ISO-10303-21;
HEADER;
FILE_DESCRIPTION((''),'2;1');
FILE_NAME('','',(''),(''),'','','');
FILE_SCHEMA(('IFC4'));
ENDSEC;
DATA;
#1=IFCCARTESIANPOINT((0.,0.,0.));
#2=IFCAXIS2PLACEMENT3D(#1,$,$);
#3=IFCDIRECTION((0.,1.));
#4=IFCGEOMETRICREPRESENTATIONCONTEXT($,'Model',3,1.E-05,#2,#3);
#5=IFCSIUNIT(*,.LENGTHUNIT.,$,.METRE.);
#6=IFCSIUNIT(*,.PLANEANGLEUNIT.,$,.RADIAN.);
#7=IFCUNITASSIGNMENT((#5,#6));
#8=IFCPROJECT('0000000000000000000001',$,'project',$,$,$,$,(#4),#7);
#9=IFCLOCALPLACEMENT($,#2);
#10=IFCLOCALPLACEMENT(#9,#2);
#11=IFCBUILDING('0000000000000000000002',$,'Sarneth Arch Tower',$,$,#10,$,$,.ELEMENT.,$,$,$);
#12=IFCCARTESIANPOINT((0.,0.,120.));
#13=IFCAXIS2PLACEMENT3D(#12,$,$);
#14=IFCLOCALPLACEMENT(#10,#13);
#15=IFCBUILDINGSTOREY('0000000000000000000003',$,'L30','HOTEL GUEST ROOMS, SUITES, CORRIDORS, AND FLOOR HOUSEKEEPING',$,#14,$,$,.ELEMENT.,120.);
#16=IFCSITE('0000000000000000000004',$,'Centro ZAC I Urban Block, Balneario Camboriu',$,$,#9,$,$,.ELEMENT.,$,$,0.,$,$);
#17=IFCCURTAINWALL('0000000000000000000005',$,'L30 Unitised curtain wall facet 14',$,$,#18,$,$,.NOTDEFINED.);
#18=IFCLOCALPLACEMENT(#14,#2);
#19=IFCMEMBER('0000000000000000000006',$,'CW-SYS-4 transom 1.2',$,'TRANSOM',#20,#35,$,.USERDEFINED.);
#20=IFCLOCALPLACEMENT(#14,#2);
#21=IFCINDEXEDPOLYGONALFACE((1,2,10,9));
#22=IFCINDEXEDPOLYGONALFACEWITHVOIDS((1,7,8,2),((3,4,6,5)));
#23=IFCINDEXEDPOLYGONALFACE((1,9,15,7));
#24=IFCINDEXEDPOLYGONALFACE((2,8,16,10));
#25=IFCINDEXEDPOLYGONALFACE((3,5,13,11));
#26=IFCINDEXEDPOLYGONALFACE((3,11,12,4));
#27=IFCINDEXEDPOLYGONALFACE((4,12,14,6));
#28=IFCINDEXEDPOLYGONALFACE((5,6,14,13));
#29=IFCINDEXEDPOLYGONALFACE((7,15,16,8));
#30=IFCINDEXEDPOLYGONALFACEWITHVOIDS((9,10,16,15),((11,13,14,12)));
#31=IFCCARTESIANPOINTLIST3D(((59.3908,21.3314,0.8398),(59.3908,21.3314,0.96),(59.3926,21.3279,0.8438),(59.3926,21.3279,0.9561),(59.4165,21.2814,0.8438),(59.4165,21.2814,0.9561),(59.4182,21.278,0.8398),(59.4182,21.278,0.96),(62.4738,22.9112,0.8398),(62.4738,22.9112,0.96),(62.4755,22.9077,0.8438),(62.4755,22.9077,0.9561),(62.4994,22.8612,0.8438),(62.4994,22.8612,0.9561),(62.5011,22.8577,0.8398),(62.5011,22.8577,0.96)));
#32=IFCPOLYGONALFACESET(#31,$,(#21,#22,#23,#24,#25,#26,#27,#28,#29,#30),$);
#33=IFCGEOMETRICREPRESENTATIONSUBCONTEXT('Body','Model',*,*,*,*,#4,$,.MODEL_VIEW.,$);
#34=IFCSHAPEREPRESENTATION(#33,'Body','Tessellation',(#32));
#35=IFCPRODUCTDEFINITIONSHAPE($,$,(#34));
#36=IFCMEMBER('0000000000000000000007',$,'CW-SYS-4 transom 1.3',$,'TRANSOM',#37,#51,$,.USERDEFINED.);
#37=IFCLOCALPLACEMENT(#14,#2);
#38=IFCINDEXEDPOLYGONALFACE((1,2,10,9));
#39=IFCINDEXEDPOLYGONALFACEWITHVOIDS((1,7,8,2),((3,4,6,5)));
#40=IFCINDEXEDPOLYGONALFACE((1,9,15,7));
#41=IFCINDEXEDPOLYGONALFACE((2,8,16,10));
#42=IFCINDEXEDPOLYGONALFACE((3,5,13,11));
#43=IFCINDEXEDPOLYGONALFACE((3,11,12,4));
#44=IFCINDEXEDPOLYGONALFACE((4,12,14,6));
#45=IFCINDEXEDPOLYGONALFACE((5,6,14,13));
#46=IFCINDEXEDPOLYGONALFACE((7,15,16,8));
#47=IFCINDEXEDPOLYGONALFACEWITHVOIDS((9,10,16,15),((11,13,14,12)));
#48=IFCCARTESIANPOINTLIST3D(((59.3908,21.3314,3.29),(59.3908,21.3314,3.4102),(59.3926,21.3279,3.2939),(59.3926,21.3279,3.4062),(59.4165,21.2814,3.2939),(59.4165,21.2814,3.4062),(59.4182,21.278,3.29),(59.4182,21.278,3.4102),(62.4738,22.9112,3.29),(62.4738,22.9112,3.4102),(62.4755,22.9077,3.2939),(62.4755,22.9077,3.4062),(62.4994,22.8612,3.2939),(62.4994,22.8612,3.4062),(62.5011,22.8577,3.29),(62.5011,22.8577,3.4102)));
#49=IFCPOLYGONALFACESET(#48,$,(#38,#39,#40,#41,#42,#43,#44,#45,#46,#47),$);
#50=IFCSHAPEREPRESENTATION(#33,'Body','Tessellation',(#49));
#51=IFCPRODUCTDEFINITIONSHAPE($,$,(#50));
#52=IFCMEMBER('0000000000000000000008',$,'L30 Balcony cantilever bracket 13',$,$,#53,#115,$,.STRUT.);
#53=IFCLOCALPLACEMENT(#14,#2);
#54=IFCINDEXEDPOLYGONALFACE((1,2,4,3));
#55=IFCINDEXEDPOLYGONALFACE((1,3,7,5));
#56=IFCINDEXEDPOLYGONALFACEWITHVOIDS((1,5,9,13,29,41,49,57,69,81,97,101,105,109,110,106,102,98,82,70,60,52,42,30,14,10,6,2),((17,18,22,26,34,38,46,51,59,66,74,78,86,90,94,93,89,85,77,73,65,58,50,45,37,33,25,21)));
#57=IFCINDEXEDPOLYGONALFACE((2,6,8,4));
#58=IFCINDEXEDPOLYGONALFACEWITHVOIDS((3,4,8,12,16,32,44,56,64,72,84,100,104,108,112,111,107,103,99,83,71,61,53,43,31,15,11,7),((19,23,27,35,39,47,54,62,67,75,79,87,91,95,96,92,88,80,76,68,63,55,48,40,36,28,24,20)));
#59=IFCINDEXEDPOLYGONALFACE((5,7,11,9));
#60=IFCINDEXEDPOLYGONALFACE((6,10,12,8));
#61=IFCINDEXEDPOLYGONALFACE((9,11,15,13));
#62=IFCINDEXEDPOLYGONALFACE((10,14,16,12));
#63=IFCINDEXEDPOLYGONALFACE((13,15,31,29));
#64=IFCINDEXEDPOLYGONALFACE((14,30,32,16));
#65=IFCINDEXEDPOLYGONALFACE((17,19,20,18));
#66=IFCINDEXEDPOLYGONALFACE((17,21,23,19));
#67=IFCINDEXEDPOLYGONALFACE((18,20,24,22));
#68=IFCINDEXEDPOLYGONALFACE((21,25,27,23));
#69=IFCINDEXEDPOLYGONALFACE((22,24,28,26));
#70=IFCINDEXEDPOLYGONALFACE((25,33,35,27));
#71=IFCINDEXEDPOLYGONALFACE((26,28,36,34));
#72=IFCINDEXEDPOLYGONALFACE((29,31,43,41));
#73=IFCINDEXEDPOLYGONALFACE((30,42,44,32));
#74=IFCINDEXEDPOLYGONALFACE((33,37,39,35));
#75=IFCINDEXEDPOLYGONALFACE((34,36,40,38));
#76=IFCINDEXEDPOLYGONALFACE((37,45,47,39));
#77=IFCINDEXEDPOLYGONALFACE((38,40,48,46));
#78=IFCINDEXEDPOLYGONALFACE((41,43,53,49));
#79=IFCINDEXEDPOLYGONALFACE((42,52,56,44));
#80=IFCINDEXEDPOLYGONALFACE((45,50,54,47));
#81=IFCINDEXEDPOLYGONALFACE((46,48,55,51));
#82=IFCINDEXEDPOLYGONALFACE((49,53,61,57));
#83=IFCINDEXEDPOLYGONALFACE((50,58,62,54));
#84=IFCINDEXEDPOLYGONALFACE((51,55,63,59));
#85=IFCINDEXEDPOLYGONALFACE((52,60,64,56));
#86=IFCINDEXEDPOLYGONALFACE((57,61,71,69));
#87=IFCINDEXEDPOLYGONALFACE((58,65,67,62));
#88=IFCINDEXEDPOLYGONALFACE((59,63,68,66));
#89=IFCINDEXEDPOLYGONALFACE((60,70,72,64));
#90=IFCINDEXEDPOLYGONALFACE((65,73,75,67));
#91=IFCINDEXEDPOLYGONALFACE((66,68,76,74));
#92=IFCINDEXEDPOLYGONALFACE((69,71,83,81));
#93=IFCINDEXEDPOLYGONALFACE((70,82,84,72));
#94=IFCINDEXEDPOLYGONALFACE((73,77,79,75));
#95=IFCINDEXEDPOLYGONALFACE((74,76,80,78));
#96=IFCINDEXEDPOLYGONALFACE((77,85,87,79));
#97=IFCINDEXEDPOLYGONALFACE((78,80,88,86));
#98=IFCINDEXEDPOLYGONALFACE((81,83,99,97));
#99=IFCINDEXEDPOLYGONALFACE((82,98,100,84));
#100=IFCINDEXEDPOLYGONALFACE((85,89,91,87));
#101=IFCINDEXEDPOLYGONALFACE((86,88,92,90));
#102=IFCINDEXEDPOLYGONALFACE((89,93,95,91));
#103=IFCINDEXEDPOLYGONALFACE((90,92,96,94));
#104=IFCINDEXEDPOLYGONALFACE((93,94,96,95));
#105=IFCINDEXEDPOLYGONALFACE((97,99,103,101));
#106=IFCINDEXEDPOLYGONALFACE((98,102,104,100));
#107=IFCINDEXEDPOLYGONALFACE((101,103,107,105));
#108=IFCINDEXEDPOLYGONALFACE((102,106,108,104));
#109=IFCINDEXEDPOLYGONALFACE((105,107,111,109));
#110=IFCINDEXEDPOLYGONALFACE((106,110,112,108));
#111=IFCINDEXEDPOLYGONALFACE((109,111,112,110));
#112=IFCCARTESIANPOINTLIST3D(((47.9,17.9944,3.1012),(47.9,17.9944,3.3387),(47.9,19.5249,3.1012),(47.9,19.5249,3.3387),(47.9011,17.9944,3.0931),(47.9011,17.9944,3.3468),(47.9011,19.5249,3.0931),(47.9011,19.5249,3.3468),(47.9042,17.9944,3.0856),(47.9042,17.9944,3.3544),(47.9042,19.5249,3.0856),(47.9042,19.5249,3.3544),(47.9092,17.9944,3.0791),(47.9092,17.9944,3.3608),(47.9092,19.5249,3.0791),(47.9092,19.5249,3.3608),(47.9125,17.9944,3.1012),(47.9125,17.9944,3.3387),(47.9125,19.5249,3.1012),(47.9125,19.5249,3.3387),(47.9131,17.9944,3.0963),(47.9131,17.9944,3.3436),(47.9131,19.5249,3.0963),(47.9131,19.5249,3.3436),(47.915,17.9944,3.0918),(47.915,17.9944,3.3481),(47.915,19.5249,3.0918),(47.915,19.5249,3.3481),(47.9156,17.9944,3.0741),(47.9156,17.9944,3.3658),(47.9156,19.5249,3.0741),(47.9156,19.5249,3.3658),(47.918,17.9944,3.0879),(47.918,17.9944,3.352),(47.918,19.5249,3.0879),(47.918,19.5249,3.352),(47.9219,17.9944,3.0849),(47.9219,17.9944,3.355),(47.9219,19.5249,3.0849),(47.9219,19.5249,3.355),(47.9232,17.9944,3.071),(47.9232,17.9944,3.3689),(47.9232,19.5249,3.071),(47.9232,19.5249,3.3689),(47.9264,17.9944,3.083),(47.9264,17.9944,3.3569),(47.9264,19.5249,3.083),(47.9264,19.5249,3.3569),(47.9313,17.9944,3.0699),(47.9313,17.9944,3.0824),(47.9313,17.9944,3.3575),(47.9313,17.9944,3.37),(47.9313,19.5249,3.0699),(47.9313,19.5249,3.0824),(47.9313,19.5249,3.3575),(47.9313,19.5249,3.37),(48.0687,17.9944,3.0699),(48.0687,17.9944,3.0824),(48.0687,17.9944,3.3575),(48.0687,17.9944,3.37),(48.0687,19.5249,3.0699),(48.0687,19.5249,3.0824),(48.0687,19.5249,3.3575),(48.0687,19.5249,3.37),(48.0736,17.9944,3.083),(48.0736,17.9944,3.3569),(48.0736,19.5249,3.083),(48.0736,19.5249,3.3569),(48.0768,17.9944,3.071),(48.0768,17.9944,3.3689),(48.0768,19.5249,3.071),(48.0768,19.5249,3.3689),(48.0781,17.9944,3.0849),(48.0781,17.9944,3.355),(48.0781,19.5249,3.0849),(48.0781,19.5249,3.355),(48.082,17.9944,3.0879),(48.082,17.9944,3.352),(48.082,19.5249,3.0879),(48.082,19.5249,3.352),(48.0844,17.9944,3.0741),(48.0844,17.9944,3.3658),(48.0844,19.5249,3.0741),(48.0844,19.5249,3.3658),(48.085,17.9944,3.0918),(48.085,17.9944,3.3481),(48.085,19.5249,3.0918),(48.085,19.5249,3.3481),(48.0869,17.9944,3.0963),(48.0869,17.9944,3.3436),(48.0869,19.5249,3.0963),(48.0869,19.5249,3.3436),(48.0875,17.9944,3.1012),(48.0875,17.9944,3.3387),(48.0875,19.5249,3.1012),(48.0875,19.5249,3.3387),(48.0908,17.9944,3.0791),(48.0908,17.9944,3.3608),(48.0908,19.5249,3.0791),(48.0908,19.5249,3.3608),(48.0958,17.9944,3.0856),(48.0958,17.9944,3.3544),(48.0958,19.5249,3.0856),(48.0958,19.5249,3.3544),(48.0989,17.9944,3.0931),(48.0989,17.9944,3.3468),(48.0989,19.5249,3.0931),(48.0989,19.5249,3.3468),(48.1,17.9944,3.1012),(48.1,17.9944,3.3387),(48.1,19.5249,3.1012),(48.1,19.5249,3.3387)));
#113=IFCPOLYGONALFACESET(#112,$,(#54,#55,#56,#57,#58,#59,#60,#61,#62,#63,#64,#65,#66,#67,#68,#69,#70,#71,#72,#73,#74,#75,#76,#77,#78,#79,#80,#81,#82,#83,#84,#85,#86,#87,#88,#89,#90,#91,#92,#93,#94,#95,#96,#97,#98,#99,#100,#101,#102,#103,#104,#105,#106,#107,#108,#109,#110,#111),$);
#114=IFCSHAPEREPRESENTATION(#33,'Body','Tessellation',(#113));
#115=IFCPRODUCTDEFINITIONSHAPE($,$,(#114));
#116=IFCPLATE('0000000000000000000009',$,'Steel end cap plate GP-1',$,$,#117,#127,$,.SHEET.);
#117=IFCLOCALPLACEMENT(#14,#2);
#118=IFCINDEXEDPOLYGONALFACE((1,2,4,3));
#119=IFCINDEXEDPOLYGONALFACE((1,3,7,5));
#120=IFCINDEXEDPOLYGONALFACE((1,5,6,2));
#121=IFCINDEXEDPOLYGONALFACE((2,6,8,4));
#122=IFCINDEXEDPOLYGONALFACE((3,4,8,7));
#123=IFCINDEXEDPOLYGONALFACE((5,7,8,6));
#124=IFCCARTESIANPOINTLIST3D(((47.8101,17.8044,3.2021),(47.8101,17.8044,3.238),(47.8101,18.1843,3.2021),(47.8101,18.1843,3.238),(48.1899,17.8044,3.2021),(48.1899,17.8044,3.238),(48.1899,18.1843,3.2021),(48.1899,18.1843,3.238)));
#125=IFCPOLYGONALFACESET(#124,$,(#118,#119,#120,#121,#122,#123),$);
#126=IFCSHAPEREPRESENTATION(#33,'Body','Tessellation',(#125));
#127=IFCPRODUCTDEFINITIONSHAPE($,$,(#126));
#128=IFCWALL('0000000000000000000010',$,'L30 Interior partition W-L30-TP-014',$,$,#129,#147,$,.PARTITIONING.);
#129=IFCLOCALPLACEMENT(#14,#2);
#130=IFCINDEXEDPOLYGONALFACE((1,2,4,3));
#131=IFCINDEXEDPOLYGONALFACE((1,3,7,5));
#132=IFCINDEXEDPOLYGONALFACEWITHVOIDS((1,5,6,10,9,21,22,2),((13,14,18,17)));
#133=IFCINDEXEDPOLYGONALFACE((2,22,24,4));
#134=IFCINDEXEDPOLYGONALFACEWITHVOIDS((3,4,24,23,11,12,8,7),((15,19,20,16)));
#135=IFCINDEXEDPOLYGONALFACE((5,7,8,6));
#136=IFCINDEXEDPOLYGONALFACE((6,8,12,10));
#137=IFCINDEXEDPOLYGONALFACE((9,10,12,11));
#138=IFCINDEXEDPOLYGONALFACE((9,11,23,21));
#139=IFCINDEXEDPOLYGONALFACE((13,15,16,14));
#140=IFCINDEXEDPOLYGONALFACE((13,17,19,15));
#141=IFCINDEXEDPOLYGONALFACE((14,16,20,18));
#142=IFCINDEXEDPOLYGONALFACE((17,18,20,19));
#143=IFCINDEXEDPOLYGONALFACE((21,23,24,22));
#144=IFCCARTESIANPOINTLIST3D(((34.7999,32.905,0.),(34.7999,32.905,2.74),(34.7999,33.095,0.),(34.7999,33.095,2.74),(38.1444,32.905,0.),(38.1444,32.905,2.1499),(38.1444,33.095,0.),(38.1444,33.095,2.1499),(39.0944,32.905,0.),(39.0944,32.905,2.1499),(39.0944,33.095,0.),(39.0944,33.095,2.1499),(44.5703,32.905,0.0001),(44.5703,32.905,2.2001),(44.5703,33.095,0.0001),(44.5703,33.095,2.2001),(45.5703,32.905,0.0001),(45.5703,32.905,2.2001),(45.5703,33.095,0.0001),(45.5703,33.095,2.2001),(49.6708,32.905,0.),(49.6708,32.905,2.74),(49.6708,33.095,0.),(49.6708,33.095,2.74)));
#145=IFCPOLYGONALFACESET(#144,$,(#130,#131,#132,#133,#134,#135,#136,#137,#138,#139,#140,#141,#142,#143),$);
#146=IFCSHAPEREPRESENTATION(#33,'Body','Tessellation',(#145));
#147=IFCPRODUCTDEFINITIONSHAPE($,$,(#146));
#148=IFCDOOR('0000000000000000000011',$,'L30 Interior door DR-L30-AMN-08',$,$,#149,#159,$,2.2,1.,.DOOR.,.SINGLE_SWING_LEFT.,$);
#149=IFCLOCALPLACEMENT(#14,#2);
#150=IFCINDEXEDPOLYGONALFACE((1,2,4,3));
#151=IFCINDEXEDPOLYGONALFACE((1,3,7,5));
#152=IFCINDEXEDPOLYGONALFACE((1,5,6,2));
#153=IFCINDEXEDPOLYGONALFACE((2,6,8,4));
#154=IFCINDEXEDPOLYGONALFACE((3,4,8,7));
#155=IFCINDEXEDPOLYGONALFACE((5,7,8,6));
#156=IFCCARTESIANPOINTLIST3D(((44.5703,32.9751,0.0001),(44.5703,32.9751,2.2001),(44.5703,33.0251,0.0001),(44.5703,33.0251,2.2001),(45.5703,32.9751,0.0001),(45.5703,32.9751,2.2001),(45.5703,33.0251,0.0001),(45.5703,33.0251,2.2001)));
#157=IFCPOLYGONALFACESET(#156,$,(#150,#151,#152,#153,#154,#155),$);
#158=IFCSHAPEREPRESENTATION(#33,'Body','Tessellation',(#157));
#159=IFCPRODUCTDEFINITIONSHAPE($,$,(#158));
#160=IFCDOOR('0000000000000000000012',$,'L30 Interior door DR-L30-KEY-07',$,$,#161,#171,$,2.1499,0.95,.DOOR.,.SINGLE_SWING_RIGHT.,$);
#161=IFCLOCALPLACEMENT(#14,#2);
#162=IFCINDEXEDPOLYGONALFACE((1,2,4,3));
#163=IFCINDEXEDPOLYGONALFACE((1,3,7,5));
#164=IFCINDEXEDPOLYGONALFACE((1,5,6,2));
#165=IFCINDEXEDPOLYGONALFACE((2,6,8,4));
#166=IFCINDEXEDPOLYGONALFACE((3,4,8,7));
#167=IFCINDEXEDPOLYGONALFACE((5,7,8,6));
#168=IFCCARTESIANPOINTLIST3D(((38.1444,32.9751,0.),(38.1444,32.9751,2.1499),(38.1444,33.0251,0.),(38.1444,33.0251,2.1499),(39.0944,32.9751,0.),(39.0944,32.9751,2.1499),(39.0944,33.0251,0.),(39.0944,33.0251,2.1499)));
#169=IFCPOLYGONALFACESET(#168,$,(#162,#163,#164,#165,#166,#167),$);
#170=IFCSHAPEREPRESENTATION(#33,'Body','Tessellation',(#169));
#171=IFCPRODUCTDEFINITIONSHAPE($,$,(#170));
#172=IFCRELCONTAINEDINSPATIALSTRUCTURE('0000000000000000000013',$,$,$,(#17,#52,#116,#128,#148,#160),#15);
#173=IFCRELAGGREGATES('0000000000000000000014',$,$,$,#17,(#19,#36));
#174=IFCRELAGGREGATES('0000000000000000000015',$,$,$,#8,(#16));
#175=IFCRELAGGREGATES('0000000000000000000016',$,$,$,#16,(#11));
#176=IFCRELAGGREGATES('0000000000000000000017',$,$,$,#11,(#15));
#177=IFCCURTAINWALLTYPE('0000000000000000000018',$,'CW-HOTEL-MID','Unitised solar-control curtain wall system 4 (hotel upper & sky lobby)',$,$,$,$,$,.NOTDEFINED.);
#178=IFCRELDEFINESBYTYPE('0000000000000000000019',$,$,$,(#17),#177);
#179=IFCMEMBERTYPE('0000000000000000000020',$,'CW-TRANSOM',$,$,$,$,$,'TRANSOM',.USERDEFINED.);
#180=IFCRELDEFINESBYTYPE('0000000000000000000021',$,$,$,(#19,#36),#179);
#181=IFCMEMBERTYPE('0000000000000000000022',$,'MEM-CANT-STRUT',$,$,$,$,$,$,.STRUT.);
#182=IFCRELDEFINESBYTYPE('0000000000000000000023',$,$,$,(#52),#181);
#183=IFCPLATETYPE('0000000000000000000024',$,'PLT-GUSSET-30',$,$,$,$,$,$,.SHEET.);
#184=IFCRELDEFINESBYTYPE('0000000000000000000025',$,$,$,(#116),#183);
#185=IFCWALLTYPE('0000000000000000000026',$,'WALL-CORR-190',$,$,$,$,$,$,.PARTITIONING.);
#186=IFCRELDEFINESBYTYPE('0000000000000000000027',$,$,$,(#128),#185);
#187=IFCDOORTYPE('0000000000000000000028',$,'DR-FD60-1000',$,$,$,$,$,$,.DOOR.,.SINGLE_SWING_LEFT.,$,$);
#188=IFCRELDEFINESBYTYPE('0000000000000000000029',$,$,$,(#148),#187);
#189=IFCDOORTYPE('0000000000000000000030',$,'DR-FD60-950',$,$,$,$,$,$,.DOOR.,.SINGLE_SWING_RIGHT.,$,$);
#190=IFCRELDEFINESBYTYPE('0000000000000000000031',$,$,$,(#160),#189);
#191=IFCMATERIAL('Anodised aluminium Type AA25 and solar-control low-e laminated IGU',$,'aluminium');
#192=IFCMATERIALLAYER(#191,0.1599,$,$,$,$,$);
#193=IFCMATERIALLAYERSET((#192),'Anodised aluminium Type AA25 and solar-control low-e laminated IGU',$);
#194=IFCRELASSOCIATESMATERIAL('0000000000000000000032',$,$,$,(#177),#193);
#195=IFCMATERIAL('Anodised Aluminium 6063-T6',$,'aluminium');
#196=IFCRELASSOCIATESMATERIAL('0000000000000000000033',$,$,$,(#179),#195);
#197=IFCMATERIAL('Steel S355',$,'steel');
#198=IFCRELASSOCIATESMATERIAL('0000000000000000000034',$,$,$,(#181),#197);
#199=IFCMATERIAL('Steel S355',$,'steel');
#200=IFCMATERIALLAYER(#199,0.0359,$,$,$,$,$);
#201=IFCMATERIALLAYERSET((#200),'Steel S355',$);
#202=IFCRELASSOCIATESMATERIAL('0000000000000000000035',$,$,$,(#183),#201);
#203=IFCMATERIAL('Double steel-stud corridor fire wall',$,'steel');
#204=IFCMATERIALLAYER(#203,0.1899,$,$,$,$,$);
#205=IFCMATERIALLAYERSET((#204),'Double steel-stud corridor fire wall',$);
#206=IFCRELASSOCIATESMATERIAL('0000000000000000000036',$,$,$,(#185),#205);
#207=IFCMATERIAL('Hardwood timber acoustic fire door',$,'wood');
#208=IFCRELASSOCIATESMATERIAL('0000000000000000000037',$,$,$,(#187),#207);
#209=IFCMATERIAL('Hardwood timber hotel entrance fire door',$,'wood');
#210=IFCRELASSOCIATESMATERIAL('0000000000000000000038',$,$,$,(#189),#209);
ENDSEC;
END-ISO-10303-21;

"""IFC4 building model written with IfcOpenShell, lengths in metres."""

from ifc_helpers import new_model, si_unit, direction, frame, frame_2d, origin, origin_2d, place, context, subcontext, project, spatial, rectangle, hollow_rectangle, extrude, material, layer, layer_set, material_profile, profile_set, type_object, element, fill, aggregate, save


model = new_model("IFC4")

# Units and contexts
model_context = context("Model", 3, precision=1e-05, world=origin(), true_north=direction((0.0, 1.0)))
body_context = subcontext(model_context, "Body", "Model", "MODEL_VIEW")
ifc_project = project(units=[si_unit("LENGTHUNIT", "METRE"), si_unit("PLANEANGLEUNIT", "RADIAN")], contexts=[model_context])

# Site, building, storey
site_placement = place(None, origin())
site = spatial("IfcSite", under=ifc_project, at=site_placement, Name="Centro ZAC I Urban Block, Balneario Camboriu", CompositionType="ELEMENT", RefElevation=0.0)
building_placement = place(site_placement, origin())
building = spatial("IfcBuilding", under=site, at=building_placement, Name="Sarneth Arch Tower", CompositionType="ELEMENT")
storey_placement = place(building_placement, frame((0.0, 0.0, 120.0)))
storey = spatial("IfcBuildingStorey", under=building, at=storey_placement, Name="L30", Description="HOTEL GUEST ROOMS, SUITES, CORRIDORS, AND FLOOR HOUSEKEEPING", CompositionType="ELEMENT", Elevation=120.0)

# Curtain wall, members
ifc_material_1 = material(Name="Anodised aluminium Type AA25 and solar-control low-e laminated IGU", Category="aluminium")
ifc_layer_1 = layer(ifc_material_1, 0.1599)
ifc_layer_set_1 = layer_set([ifc_layer_1], Name="Anodised aluminium Type AA25 and solar-control low-e laminated IGU")
curtain_wall_type = type_object("IfcCurtainWallType", Name="CW-HOTEL-MID", Description="Unitised solar-control curtain wall system 4 (hotel upper & sky lobby)", PredefinedType="NOTDEFINED", material=ifc_layer_set_1)
curtain_wall_placement = place(storey_placement, origin())
curtain_wall = element("IfcCurtainWall", 1, at=curtain_wall_placement, inside=storey, type_object=curtain_wall_type, Name="L30 Unitised curtain wall facet 14", PredefinedType="NOTDEFINED")
ifc_material_2 = material(Name="Anodised Aluminium 6063-T6", Category="aluminium")
ifc_material_profile_1 = material_profile(ifc_material_2, hollow_rectangle(XDim=0.0601, YDim=0.1201, WallThickness=0.0039, at=origin_2d()), Name="AL-TRAN-120x60x4")
ifc_profile_set_1 = profile_set([ifc_material_profile_1], Name="Anodised Aluminium 6063-T6")
member_type_1 = type_object("IfcMemberType", Name="CW-TRANSOM", ElementType="TRANSOM", PredefinedType="USERDEFINED", material=ifc_profile_set_1)
member_1_placement = place(storey_placement, frame((59.4045, 21.3047, 0.8999), z_axis=(0.889958, 0.456043, 0.0), x_axis=(-0.456043, 0.889958, 0.0)))
member_1 = element("IfcMember", 2, at=member_1_placement, type_object=member_type_1, Name="CW-SYS-4 transom 1.2", ObjectType="TRANSOM", PredefinedType="USERDEFINED", context=body_context, shape_type="SweptSolid", body=[
    extrude(hollow_rectangle(XDim=0.0601, YDim=0.1201, WallThickness=0.0039, at=origin_2d()), origin(), (0.0, 0.0, 1.0), 3.4641),
])
member_2_placement = place(storey_placement, frame((59.4045, 21.3047, 3.3501), z_axis=(0.889958, 0.456043, 0.0), x_axis=(-0.456043, 0.889958, 0.0)))
member_2 = element("IfcMember", 3, at=member_2_placement, type_object=member_type_1, Name="CW-SYS-4 transom 1.3", ObjectType="TRANSOM", PredefinedType="USERDEFINED", context=body_context, shape_type="SweptSolid", body=[
    extrude(hollow_rectangle(XDim=0.0601, YDim=0.1201, WallThickness=0.0039, at=origin_2d()), origin(), (0.0, 0.0, 1.0), 3.4641),
])
aggregate(curtain_wall, [member_1, member_2])

# Member
ifc_material_3 = material(Name="Steel S355", Category="steel")
ifc_material_profile_2 = material_profile(ifc_material_3, hollow_rectangle(XDim=0.2, YDim=0.3, WallThickness=0.0125, InnerFilletRadius=0.0188, OuterFilletRadius=0.0312, at=origin_2d()), Name="RHS300x200x12.5")
ifc_profile_set_2 = profile_set([ifc_material_profile_2], Name="Steel S355")
member_type_2 = type_object("IfcMemberType", Name="MEM-CANT-STRUT", PredefinedType="STRUT", material=ifc_profile_set_2)
member_3_placement = place(storey_placement, frame((48.0, 19.5249, 3.22), z_axis=(0.0, -1.0, 0.0), x_axis=(1.0, 0.0, 0.0)))
element("IfcMember", 4, at=member_3_placement, inside=storey, type_object=member_type_2, Name="L30 Balcony cantilever bracket 13", PredefinedType="STRUT", context=body_context, shape_type="SweptSolid", body=[
    extrude(hollow_rectangle(XDim=0.2, YDim=0.3, WallThickness=0.0125, InnerFilletRadius=0.0188, OuterFilletRadius=0.0312, at=origin_2d()), origin(), (0.0, 0.0, 1.0), 1.5305),
])

# Plate
ifc_material_4 = material(Name="Steel S355", Category="steel")
ifc_layer_2 = layer(ifc_material_4, 0.0359)
ifc_layer_set_2 = layer_set([ifc_layer_2], Name="Steel S355")
plate_type = type_object("IfcPlateType", Name="PLT-GUSSET-30", PredefinedType="SHEET", material=ifc_layer_set_2)
plate_placement = place(storey_placement, frame((48.0, 17.9944, 3.2021), z_axis=(0.0, 0.0, 1.0), x_axis=(0.0, -1.0, 0.0)))
element("IfcPlate", 5, at=plate_placement, inside=storey, type_object=plate_type, Name="Steel end cap plate GP-1", PredefinedType="SHEET", context=body_context, shape_type="SweptSolid", body=[
    extrude(rectangle(XDim=0.3799, YDim=0.3799, at=origin_2d()), origin(), (0.0, 0.0, 1.0), 0.0359),
])

# Wall, openings, doors
ifc_material_5 = material(Name="Double steel-stud corridor fire wall", Category="steel")
ifc_layer_3 = layer(ifc_material_5, 0.1899)
ifc_layer_set_3 = layer_set([ifc_layer_3], Name="Double steel-stud corridor fire wall")
wall_type_1 = type_object("IfcWallType", Name="WALL-CORR-190", PredefinedType="PARTITIONING", material=ifc_layer_set_3)
wall_1_placement = place(storey_placement, frame((49.6709, 33.0, 0.0), z_axis=(0.0, 0.0, 1.0), x_axis=(-1.0, 0.0, 0.0)))
wall_1 = element("IfcWall", 6, at=wall_1_placement, inside=storey, type_object=wall_type_1, Name="L30 Interior partition W-L30-TP-014", PredefinedType="PARTITIONING", context=body_context, shape_type="SweptSolid", body=[
    extrude(rectangle(XDim=14.8708, YDim=0.1899, at=frame_2d((7.4355, 0.0))), origin(), (0.0, 0.0, 1.0), 2.74),
])
opening_1_placement = place(wall_1_placement, frame((10.5764, 0.0, 0.0)))
opening_1 = element("IfcOpeningElement", 7, at=opening_1_placement, cuts=wall_1, PredefinedType="OPENING", context=body_context, shape_type="SweptSolid", body=[
    extrude(rectangle(XDim=0.95, YDim=2.1499, at=frame_2d((0.4751, 1.075))), frame((0.0, 0.105, 0.0), z_axis=(0.0, -1.0, 0.0), x_axis=(1.0, 0.0, 0.0)), (0.0, 0.0, 1.0), 0.21),
])
opening_2_placement = place(wall_1_placement, frame((4.1006, 0.0, 0.0)))
opening_2 = element("IfcOpeningElement", 8, at=opening_2_placement, cuts=wall_1, PredefinedType="OPENING", context=body_context, shape_type="SweptSolid", body=[
    extrude(rectangle(XDim=1.0, YDim=2.2, at=frame_2d((0.5, 1.1001))), frame((0.0, 0.105, 0.0), z_axis=(0.0, -1.0, 0.0), x_axis=(1.0, 0.0, 0.0)), (0.0, 0.0, 1.0), 0.21),
])
ifc_material_6 = material(Name="Hardwood timber acoustic fire door", Category="wood")
door_type_1 = type_object("IfcDoorType", Name="DR-FD60-1000", OperationType="SINGLE_SWING_LEFT", PredefinedType="DOOR", material=ifc_material_6)
door_1_placement = place(opening_2_placement, origin())
door_1 = element("IfcDoor", 9, at=door_1_placement, inside=storey, type_object=door_type_1, Name="L30 Interior door DR-L30-AMN-08", OperationType="SINGLE_SWING_LEFT", OverallHeight=2.2, OverallWidth=1.0, PredefinedType="DOOR", context=body_context, shape_type="SweptSolid", body=[
    extrude(rectangle(XDim=1.0, YDim=2.2, at=frame_2d((0.5, 1.1001))), frame((0.0, 0.0249, 0.0), z_axis=(0.0, -1.0, 0.0), x_axis=(1.0, 0.0, 0.0)), (0.0, 0.0, 1.0), 0.05),
])
fill(opening_2, door_1)
ifc_material_7 = material(Name="Hardwood timber hotel entrance fire door", Category="wood")
door_type_2 = type_object("IfcDoorType", Name="DR-FD60-950", OperationType="SINGLE_SWING_RIGHT", PredefinedType="DOOR", material=ifc_material_7)
door_2_placement = place(opening_1_placement, origin())
door_2 = element("IfcDoor", 10, at=door_2_placement, inside=storey, type_object=door_type_2, Name="L30 Interior door DR-L30-KEY-07", OperationType="SINGLE_SWING_RIGHT", OverallHeight=2.1499, OverallWidth=0.95, PredefinedType="DOOR", context=body_context, shape_type="SweptSolid", body=[
    extrude(rectangle(XDim=0.95, YDim=2.1499, at=frame_2d((0.4751, 1.075))), frame((0.0, 0.0249, 0.0), z_axis=(0.0, -1.0, 0.0), x_axis=(1.0, 0.0, 0.0)), (0.0, 0.0, 1.0), 0.05),
])
fill(opening_1, door_2)

save(model, "model.ifc")
